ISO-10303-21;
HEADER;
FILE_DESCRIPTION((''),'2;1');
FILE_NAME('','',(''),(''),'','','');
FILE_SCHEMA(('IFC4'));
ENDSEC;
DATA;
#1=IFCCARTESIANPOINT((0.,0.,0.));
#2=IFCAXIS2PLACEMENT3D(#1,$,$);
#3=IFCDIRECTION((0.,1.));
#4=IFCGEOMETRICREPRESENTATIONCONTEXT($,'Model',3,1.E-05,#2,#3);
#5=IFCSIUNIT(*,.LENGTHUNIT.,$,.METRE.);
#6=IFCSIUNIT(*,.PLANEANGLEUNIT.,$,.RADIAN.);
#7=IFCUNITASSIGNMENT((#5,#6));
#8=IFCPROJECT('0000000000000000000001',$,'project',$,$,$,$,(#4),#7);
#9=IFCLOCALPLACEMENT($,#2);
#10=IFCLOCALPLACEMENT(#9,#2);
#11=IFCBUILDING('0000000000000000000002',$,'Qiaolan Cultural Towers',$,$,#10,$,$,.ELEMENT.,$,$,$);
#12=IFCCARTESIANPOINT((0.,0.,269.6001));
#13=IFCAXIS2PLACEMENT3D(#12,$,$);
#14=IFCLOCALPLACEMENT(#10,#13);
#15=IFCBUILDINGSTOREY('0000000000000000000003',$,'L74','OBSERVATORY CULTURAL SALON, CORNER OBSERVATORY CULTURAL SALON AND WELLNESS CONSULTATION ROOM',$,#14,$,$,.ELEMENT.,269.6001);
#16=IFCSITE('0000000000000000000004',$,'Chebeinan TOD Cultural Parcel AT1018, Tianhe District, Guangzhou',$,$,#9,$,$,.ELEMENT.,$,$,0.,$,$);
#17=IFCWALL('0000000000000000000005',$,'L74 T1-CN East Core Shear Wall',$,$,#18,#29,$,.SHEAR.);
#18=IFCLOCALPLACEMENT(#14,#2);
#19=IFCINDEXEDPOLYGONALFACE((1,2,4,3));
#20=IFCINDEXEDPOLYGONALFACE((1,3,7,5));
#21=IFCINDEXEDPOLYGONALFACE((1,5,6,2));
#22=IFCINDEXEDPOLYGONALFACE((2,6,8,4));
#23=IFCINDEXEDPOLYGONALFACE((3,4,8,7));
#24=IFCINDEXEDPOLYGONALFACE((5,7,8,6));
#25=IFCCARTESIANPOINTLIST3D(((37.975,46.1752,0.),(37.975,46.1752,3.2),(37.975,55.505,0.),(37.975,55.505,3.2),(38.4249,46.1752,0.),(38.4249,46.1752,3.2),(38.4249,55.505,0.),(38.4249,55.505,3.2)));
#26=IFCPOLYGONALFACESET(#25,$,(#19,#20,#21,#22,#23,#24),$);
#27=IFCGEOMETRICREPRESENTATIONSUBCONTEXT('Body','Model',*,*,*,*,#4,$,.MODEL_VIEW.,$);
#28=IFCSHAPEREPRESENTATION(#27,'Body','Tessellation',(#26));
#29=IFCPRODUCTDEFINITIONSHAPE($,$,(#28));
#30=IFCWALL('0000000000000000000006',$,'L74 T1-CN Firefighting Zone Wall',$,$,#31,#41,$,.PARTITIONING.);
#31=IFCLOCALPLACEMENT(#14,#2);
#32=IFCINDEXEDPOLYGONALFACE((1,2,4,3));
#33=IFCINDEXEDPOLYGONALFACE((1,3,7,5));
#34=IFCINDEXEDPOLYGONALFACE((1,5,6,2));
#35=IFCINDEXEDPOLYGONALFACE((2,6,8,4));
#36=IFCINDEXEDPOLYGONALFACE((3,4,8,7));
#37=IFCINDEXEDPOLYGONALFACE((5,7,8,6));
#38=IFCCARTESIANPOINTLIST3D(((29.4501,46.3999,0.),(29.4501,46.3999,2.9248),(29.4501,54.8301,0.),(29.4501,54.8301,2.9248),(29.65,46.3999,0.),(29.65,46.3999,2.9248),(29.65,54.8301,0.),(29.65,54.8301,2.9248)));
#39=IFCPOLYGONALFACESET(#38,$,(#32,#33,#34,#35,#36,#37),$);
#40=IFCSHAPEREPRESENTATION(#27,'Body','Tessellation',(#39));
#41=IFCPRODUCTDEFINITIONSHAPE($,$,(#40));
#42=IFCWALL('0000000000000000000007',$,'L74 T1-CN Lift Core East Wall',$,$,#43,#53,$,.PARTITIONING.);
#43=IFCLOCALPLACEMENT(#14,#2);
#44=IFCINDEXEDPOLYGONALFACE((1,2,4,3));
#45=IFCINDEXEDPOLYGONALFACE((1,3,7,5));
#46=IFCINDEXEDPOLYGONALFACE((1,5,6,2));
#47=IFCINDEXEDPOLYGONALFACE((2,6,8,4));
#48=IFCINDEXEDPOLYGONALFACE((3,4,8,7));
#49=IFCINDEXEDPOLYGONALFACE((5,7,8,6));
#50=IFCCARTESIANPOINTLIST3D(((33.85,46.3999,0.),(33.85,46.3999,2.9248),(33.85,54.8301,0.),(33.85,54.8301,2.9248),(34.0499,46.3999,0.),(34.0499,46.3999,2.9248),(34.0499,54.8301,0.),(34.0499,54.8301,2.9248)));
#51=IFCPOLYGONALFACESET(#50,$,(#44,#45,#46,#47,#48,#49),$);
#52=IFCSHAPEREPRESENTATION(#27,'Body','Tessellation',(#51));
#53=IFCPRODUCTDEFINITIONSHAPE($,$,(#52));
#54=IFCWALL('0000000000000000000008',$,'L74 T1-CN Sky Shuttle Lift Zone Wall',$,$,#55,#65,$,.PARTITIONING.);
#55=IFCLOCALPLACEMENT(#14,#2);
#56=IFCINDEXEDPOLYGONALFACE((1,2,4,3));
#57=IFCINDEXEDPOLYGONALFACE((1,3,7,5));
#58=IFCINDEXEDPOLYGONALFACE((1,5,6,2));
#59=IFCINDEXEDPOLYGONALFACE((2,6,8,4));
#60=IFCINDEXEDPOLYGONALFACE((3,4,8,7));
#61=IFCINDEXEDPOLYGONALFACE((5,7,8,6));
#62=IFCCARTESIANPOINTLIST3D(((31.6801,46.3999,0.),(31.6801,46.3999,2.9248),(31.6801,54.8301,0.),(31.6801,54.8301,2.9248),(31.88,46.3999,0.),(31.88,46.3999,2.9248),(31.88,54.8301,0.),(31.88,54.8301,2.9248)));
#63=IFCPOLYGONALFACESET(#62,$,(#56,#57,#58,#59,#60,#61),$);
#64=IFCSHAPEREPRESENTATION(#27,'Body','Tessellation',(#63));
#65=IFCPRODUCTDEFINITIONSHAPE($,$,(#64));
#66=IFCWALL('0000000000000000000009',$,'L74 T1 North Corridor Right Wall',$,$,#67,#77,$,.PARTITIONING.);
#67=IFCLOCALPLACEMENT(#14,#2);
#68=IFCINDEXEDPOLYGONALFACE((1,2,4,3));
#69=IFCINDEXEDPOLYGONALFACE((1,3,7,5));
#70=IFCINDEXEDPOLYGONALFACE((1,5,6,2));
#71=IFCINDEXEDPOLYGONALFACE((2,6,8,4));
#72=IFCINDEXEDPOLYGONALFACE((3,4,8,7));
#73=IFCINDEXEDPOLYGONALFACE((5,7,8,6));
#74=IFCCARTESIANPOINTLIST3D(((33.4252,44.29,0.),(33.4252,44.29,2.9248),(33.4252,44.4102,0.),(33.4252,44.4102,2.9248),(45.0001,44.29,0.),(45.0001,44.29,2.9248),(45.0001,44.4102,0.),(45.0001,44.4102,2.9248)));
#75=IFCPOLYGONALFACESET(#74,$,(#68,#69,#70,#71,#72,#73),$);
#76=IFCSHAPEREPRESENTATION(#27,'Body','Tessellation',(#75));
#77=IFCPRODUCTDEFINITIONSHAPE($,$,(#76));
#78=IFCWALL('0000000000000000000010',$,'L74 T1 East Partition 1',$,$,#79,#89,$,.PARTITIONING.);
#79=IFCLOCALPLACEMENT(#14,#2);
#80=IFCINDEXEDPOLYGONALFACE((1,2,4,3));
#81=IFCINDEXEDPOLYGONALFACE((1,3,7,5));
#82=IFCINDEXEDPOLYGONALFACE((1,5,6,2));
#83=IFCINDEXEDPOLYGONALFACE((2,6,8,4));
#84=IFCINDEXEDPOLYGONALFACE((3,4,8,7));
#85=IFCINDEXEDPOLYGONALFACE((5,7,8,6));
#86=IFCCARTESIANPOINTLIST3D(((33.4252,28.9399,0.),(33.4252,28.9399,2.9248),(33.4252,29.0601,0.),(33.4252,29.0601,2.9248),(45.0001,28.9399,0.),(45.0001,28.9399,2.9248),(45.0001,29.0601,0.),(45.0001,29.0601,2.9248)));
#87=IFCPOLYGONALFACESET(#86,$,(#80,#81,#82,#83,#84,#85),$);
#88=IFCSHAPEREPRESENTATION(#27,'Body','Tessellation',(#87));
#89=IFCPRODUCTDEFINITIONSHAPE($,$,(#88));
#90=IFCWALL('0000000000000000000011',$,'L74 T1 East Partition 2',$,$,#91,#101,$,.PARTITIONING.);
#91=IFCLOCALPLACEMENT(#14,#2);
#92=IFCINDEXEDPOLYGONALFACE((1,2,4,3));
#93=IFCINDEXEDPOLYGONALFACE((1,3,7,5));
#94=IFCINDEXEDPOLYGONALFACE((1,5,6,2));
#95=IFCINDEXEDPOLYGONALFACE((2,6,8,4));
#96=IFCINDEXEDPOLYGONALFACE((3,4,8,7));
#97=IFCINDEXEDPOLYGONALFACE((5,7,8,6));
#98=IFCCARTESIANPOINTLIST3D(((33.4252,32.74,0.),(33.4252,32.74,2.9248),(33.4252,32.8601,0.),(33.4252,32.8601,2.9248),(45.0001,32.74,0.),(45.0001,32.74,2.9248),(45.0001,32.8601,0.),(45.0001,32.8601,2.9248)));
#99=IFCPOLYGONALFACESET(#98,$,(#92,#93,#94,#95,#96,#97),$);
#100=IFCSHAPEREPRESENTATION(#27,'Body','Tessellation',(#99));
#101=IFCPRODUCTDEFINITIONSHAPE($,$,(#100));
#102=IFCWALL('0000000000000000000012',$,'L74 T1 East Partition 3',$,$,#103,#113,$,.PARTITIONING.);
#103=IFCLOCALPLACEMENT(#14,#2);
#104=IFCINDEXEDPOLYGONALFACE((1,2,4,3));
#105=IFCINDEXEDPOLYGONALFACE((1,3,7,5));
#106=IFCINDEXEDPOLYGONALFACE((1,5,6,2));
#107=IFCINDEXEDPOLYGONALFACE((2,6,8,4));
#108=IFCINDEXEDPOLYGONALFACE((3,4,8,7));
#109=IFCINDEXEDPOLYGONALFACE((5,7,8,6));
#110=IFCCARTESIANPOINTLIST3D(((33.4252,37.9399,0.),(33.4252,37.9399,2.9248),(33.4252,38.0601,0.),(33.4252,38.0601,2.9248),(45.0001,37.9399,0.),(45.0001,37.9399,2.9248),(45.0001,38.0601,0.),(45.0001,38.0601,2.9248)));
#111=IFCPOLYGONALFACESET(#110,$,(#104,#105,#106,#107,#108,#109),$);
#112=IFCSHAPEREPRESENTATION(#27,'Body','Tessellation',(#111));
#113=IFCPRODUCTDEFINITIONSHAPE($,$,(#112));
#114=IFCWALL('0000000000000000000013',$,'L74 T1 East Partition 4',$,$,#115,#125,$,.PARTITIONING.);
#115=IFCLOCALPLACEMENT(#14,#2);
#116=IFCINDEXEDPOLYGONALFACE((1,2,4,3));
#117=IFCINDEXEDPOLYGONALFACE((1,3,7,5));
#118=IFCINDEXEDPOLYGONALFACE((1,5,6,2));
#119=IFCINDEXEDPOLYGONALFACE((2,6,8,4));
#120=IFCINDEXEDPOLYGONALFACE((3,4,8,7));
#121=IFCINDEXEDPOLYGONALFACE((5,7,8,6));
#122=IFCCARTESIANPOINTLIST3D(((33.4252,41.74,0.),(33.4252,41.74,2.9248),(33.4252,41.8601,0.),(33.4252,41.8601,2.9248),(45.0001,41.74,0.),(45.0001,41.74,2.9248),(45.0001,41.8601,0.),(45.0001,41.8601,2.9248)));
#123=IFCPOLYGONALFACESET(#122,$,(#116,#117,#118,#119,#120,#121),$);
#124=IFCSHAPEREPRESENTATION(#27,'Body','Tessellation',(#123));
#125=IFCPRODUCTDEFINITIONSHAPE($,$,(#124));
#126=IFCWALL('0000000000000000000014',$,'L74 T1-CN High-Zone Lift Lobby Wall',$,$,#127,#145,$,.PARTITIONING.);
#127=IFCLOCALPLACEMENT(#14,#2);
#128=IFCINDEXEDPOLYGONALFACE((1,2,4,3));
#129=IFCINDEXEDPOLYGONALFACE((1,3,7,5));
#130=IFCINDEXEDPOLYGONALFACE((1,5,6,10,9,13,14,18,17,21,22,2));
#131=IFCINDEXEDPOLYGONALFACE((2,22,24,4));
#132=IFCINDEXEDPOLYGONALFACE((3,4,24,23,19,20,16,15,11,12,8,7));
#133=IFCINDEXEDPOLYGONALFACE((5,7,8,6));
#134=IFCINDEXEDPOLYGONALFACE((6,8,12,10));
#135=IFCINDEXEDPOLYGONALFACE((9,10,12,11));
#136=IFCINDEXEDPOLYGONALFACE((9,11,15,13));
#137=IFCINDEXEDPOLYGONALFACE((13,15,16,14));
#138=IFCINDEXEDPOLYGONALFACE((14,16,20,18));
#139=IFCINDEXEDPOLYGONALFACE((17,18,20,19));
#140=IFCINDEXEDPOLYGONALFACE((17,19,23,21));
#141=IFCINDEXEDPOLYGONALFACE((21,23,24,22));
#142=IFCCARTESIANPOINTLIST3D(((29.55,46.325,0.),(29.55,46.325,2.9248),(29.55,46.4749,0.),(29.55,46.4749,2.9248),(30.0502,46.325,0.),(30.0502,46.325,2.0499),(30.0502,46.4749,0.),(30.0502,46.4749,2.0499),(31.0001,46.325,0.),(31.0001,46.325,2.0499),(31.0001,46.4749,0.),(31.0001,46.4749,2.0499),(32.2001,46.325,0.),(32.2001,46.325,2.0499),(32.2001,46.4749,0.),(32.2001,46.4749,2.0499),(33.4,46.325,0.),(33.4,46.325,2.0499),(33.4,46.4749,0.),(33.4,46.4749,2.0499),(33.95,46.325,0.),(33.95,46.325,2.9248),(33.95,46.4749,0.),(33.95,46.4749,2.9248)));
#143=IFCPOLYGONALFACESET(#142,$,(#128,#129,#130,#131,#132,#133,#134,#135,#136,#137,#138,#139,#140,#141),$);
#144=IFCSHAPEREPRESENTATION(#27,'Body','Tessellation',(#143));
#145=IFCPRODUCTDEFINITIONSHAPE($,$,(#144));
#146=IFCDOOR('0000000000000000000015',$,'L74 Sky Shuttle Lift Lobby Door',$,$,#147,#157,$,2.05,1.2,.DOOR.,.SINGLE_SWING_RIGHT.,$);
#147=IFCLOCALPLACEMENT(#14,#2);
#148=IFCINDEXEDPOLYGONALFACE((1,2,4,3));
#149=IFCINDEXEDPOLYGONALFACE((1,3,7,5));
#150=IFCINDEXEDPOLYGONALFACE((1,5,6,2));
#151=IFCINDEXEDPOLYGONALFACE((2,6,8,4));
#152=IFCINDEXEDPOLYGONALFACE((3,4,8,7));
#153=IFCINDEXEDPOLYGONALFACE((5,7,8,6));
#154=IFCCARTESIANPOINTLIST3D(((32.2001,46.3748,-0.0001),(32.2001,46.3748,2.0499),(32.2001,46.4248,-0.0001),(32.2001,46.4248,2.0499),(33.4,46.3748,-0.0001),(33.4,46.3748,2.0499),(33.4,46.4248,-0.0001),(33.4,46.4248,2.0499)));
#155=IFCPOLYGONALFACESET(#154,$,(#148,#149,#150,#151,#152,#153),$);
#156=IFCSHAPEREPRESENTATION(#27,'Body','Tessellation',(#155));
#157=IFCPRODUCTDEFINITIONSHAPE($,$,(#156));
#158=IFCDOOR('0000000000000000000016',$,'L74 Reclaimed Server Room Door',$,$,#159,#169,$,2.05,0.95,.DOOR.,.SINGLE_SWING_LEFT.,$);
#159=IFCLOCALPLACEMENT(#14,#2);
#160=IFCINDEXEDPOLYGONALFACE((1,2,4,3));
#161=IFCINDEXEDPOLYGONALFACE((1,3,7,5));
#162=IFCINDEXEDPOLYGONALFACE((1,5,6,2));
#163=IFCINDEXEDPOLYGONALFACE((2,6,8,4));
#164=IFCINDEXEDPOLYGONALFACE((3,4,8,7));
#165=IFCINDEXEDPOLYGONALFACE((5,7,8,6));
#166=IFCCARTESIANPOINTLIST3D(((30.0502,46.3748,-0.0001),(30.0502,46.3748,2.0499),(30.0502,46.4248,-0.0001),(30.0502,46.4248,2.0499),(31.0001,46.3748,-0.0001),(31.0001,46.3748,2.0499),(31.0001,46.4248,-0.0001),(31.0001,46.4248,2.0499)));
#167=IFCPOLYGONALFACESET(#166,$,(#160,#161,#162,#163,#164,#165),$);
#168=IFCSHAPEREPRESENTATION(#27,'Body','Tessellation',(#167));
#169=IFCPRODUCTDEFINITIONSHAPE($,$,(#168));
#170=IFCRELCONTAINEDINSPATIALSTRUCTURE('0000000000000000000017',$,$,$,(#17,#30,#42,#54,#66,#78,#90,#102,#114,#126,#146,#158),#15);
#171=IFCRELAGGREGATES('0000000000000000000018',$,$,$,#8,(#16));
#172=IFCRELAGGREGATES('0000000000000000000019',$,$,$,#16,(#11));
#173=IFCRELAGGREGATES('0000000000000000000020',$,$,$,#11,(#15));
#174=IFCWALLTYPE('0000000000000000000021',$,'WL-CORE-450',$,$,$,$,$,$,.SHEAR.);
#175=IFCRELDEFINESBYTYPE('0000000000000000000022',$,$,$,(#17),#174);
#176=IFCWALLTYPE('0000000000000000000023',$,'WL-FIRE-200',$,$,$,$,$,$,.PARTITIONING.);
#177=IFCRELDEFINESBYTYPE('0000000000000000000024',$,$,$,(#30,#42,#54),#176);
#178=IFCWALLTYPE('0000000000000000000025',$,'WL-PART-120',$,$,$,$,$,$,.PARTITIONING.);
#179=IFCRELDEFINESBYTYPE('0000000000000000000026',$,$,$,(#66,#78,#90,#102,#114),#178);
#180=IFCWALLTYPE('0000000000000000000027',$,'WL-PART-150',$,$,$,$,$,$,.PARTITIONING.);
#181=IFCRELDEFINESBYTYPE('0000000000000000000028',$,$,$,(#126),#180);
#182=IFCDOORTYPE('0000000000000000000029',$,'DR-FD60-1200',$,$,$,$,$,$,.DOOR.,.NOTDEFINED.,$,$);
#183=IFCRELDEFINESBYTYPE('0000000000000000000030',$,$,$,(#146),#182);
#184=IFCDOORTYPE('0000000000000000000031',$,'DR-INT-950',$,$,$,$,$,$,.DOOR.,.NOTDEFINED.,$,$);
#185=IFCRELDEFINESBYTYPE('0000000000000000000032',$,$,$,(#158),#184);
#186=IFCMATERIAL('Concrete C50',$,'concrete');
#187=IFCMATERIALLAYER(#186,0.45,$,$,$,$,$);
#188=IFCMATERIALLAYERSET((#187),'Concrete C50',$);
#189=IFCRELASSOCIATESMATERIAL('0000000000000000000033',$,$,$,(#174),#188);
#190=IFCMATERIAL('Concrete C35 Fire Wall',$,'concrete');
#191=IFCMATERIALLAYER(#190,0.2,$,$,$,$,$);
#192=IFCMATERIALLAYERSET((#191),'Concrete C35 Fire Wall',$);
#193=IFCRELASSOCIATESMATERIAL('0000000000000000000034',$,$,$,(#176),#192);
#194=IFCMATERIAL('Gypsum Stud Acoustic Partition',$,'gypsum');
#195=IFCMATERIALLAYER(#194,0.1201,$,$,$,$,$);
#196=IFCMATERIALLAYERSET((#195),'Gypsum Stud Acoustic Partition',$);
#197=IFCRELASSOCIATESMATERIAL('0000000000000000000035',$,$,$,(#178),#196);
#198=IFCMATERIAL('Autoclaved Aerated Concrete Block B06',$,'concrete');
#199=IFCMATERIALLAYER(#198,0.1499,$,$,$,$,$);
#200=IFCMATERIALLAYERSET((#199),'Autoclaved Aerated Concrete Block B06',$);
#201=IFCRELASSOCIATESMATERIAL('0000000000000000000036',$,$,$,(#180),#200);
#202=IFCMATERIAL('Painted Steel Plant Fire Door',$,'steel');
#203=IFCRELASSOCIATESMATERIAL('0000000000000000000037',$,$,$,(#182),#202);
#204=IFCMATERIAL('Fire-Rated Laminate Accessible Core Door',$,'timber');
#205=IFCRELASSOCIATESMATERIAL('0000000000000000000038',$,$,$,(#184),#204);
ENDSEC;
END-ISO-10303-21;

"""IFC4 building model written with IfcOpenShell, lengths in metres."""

from ifc_helpers import new_model, si_unit, direction, frame, frame_2d, origin, place, context, subcontext, project, spatial, rectangle, extrude, material, layer, layer_set, type_object, element, fill, save


model = new_model("IFC4")

# Units and contexts
model_context = context("Model", 3, precision=1e-05, world=origin(), true_north=direction((0.0, 1.0)))
body_context = subcontext(model_context, "Body", "Model", "MODEL_VIEW")
ifc_project = project(units=[si_unit("LENGTHUNIT", "METRE"), si_unit("PLANEANGLEUNIT", "RADIAN")], contexts=[model_context])

# Site, building, storey
site_placement = place(None, origin())
site = spatial("IfcSite", under=ifc_project, at=site_placement, Name="Chebeinan TOD Cultural Parcel AT1018, Tianhe District, Guangzhou", CompositionType="ELEMENT", RefElevation=0.0)
building_placement = place(site_placement, origin())
building = spatial("IfcBuilding", under=site, at=building_placement, Name="Qiaolan Cultural Towers", CompositionType="ELEMENT")
storey_placement = place(building_placement, frame((0.0, 0.0, 269.6001)))
storey = spatial("IfcBuildingStorey", under=building, at=storey_placement, Name="L74", Description="OBSERVATORY CULTURAL SALON, CORNER OBSERVATORY CULTURAL SALON AND WELLNESS CONSULTATION ROOM", CompositionType="ELEMENT", Elevation=269.6001)

# Walls
ifc_material_1 = material(Name="Concrete C50", Category="concrete")
ifc_layer_1 = layer(ifc_material_1, 0.45)
ifc_layer_set_1 = layer_set([ifc_layer_1], Name="Concrete C50")
wall_type_1 = type_object("IfcWallType", Name="WL-CORE-450", PredefinedType="SHEAR", material=ifc_layer_set_1)
wall_1_placement = place(storey_placement, frame((38.2, 46.175, 0.0), z_axis=(0.0, 0.0, 1.0), x_axis=(0.0, 1.0, 0.0)))
element("IfcWall", 1, at=wall_1_placement, inside=storey, type_object=wall_type_1, Name="L74 T1-CN East Core Shear Wall", PredefinedType="SHEAR", context=body_context, shape_type="SweptSolid", body=[
    extrude(rectangle(XDim=9.3298, YDim=0.45, at=frame_2d((4.665, 0.0))), origin(), (0.0, 0.0, 1.0), 3.2),
])
ifc_material_2 = material(Name="Concrete C35 Fire Wall", Category="concrete")
ifc_layer_2 = layer(ifc_material_2, 0.2)
ifc_layer_set_2 = layer_set([ifc_layer_2], Name="Concrete C35 Fire Wall")
wall_type_2 = type_object("IfcWallType", Name="WL-FIRE-200", PredefinedType="PARTITIONING", material=ifc_layer_set_2)
for number, where, z_axis, x_axis, name in (
    (2, (29.55, 46.3999, 0.0), (0.0, 0.0, 1.0), (0.0, 1.0, 0.0), "L74 T1-CN Firefighting Zone Wall"),
    (3, (33.95, 46.3999, 0.0), (0.0, 0.0, 1.0), (0.0, 1.0, 0.0), "L74 T1-CN Lift Core East Wall"),
    (4, (31.78, 46.3999, 0.0), (0.0, 0.0, 1.0), (0.0, 1.0, 0.0), "L74 T1-CN Sky Shuttle Lift Zone Wall"),
):
    element("IfcWall", number, at=place(storey_placement, frame(where, z_axis=z_axis, x_axis=x_axis)), inside=storey, type_object=wall_type_2, Name=name, PredefinedType="PARTITIONING", context=body_context, shape_type="SweptSolid", body=[
        extrude(rectangle(XDim=8.4302, YDim=0.2, at=frame_2d((4.2151, 0.0))), origin(), (0.0, 0.0, 1.0), 2.9248),
    ])
ifc_material_3 = material(Name="Gypsum Stud Acoustic Partition", Category="gypsum")
ifc_layer_3 = layer(ifc_material_3, 0.1201)
ifc_layer_set_3 = layer_set([ifc_layer_3], Name="Gypsum Stud Acoustic Partition")
wall_type_3 = type_object("IfcWallType", Name="WL-PART-120", PredefinedType="PARTITIONING", material=ifc_layer_set_3)
for number, where, z_axis, x_axis, name in (
    (5, (33.425, 44.3501, 0.0), (0.0, 0.0, 1.0), (1.0, 0.0, 0.0), "L74 T1 North Corridor Right Wall"),
    (6, (33.425, 29.0, 0.0), (0.0, 0.0, 1.0), (1.0, 0.0, 0.0), "L74 T1 East Partition 1"),
    (7, (33.425, 32.8, 0.0), (0.0, 0.0, 1.0), (1.0, 0.0, 0.0), "L74 T1 East Partition 2"),
    (8, (33.425, 38.0, 0.0), (0.0, 0.0, 1.0), (1.0, 0.0, 0.0), "L74 T1 East Partition 3"),
    (9, (33.425, 41.8, 0.0), (0.0, 0.0, 1.0), (1.0, 0.0, 0.0), "L74 T1 East Partition 4"),
):
    element("IfcWall", number, at=place(storey_placement, frame(where, z_axis=z_axis, x_axis=x_axis)), inside=storey, type_object=wall_type_3, Name=name, PredefinedType="PARTITIONING", context=body_context, shape_type="SweptSolid", body=[
        extrude(rectangle(XDim=11.575, YDim=0.1201, at=frame_2d((5.7876, 0.0))), origin(), (0.0, 0.0, 1.0), 2.9248),
    ])

# Wall, openings, doors
ifc_material_4 = material(Name="Autoclaved Aerated Concrete Block B06", Category="concrete")
ifc_layer_4 = layer(ifc_material_4, 0.1499)
ifc_layer_set_4 = layer_set([ifc_layer_4], Name="Autoclaved Aerated Concrete Block B06")
wall_type_4 = type_object("IfcWallType", Name="WL-PART-150", PredefinedType="PARTITIONING", material=ifc_layer_set_4)
wall_2_placement = place(storey_placement, frame((29.55, 46.3999, 0.0), z_axis=(0.0, 0.0, 1.0), x_axis=(1.0, 0.0, 0.0)))
wall_2 = element("IfcWall", 10, at=wall_2_placement, inside=storey, type_object=wall_type_4, Name="L74 T1-CN High-Zone Lift Lobby Wall", PredefinedType="PARTITIONING", context=body_context, shape_type="SweptSolid", body=[
    extrude(rectangle(XDim=4.3999, YDim=0.1499, at=frame_2d((2.2, 0.0))), origin(), (0.0, 0.0, 1.0), 2.9248),
])
opening_1_placement = place(wall_2_placement, frame((0.5, 0.0, 0.0)))
opening_1 = element("IfcOpeningElement", 11, at=opening_1_placement, cuts=wall_2, PredefinedType="OPENING", context=body_context, shape_type="SweptSolid", body=[
    extrude(rectangle(XDim=0.95, YDim=2.05, at=frame_2d((0.4751, 1.0249))), frame((0.0, 0.085, 0.0), z_axis=(0.0, -1.0, 0.0), x_axis=(1.0, 0.0, 0.0)), (0.0, 0.0, 1.0), 0.1699),
])
opening_2_placement = place(wall_2_placement, frame((2.6499, 0.0, 0.0)))
opening_2 = element("IfcOpeningElement", 12, at=opening_2_placement, cuts=wall_2, PredefinedType="OPENING", context=body_context, shape_type="SweptSolid", body=[
    extrude(rectangle(XDim=1.2, YDim=2.05, at=frame_2d((0.6001, 1.0249))), frame((0.0, 0.085, 0.0), z_axis=(0.0, -1.0, 0.0), x_axis=(1.0, 0.0, 0.0)), (0.0, 0.0, 1.0), 0.1699),
])
ifc_material_5 = material(Name="Painted Steel Plant Fire Door", Category="steel")
door_type_1 = type_object("IfcDoorType", Name="DR-FD60-1200", OperationType="NOTDEFINED", PredefinedType="DOOR", material=ifc_material_5)
door_1_placement = place(opening_2_placement, origin())
door_1 = element("IfcDoor", 13, at=door_1_placement, inside=storey, type_object=door_type_1, Name="L74 Sky Shuttle Lift Lobby Door", OperationType="SINGLE_SWING_RIGHT", OverallHeight=2.05, OverallWidth=1.2, PredefinedType="DOOR", context=body_context, shape_type="SweptSolid", body=[
    extrude(rectangle(XDim=1.2, YDim=2.05, at=frame_2d((0.6001, 1.0249))), frame((0.0, 0.0249, 0.0), z_axis=(0.0, -1.0, 0.0), x_axis=(1.0, 0.0, 0.0)), (0.0, 0.0, 1.0), 0.05),
])
fill(opening_2, door_1)
ifc_material_6 = material(Name="Fire-Rated Laminate Accessible Core Door", Category="timber")
door_type_2 = type_object("IfcDoorType", Name="DR-INT-950", OperationType="NOTDEFINED", PredefinedType="DOOR", material=ifc_material_6)
door_2_placement = place(opening_1_placement, origin())
door_2 = element("IfcDoor", 14, at=door_2_placement, inside=storey, type_object=door_type_2, Name="L74 Reclaimed Server Room Door", OperationType="SINGLE_SWING_LEFT", OverallHeight=2.05, OverallWidth=0.95, PredefinedType="DOOR", context=body_context, shape_type="SweptSolid", body=[
    extrude(rectangle(XDim=0.95, YDim=2.05, at=frame_2d((0.4751, 1.0249))), frame((0.0, 0.0249, 0.0), z_axis=(0.0, -1.0, 0.0), x_axis=(1.0, 0.0, 0.0)), (0.0, 0.0, 1.0), 0.05),
])
fill(opening_1, door_2)

save(model, "model.ifc")
